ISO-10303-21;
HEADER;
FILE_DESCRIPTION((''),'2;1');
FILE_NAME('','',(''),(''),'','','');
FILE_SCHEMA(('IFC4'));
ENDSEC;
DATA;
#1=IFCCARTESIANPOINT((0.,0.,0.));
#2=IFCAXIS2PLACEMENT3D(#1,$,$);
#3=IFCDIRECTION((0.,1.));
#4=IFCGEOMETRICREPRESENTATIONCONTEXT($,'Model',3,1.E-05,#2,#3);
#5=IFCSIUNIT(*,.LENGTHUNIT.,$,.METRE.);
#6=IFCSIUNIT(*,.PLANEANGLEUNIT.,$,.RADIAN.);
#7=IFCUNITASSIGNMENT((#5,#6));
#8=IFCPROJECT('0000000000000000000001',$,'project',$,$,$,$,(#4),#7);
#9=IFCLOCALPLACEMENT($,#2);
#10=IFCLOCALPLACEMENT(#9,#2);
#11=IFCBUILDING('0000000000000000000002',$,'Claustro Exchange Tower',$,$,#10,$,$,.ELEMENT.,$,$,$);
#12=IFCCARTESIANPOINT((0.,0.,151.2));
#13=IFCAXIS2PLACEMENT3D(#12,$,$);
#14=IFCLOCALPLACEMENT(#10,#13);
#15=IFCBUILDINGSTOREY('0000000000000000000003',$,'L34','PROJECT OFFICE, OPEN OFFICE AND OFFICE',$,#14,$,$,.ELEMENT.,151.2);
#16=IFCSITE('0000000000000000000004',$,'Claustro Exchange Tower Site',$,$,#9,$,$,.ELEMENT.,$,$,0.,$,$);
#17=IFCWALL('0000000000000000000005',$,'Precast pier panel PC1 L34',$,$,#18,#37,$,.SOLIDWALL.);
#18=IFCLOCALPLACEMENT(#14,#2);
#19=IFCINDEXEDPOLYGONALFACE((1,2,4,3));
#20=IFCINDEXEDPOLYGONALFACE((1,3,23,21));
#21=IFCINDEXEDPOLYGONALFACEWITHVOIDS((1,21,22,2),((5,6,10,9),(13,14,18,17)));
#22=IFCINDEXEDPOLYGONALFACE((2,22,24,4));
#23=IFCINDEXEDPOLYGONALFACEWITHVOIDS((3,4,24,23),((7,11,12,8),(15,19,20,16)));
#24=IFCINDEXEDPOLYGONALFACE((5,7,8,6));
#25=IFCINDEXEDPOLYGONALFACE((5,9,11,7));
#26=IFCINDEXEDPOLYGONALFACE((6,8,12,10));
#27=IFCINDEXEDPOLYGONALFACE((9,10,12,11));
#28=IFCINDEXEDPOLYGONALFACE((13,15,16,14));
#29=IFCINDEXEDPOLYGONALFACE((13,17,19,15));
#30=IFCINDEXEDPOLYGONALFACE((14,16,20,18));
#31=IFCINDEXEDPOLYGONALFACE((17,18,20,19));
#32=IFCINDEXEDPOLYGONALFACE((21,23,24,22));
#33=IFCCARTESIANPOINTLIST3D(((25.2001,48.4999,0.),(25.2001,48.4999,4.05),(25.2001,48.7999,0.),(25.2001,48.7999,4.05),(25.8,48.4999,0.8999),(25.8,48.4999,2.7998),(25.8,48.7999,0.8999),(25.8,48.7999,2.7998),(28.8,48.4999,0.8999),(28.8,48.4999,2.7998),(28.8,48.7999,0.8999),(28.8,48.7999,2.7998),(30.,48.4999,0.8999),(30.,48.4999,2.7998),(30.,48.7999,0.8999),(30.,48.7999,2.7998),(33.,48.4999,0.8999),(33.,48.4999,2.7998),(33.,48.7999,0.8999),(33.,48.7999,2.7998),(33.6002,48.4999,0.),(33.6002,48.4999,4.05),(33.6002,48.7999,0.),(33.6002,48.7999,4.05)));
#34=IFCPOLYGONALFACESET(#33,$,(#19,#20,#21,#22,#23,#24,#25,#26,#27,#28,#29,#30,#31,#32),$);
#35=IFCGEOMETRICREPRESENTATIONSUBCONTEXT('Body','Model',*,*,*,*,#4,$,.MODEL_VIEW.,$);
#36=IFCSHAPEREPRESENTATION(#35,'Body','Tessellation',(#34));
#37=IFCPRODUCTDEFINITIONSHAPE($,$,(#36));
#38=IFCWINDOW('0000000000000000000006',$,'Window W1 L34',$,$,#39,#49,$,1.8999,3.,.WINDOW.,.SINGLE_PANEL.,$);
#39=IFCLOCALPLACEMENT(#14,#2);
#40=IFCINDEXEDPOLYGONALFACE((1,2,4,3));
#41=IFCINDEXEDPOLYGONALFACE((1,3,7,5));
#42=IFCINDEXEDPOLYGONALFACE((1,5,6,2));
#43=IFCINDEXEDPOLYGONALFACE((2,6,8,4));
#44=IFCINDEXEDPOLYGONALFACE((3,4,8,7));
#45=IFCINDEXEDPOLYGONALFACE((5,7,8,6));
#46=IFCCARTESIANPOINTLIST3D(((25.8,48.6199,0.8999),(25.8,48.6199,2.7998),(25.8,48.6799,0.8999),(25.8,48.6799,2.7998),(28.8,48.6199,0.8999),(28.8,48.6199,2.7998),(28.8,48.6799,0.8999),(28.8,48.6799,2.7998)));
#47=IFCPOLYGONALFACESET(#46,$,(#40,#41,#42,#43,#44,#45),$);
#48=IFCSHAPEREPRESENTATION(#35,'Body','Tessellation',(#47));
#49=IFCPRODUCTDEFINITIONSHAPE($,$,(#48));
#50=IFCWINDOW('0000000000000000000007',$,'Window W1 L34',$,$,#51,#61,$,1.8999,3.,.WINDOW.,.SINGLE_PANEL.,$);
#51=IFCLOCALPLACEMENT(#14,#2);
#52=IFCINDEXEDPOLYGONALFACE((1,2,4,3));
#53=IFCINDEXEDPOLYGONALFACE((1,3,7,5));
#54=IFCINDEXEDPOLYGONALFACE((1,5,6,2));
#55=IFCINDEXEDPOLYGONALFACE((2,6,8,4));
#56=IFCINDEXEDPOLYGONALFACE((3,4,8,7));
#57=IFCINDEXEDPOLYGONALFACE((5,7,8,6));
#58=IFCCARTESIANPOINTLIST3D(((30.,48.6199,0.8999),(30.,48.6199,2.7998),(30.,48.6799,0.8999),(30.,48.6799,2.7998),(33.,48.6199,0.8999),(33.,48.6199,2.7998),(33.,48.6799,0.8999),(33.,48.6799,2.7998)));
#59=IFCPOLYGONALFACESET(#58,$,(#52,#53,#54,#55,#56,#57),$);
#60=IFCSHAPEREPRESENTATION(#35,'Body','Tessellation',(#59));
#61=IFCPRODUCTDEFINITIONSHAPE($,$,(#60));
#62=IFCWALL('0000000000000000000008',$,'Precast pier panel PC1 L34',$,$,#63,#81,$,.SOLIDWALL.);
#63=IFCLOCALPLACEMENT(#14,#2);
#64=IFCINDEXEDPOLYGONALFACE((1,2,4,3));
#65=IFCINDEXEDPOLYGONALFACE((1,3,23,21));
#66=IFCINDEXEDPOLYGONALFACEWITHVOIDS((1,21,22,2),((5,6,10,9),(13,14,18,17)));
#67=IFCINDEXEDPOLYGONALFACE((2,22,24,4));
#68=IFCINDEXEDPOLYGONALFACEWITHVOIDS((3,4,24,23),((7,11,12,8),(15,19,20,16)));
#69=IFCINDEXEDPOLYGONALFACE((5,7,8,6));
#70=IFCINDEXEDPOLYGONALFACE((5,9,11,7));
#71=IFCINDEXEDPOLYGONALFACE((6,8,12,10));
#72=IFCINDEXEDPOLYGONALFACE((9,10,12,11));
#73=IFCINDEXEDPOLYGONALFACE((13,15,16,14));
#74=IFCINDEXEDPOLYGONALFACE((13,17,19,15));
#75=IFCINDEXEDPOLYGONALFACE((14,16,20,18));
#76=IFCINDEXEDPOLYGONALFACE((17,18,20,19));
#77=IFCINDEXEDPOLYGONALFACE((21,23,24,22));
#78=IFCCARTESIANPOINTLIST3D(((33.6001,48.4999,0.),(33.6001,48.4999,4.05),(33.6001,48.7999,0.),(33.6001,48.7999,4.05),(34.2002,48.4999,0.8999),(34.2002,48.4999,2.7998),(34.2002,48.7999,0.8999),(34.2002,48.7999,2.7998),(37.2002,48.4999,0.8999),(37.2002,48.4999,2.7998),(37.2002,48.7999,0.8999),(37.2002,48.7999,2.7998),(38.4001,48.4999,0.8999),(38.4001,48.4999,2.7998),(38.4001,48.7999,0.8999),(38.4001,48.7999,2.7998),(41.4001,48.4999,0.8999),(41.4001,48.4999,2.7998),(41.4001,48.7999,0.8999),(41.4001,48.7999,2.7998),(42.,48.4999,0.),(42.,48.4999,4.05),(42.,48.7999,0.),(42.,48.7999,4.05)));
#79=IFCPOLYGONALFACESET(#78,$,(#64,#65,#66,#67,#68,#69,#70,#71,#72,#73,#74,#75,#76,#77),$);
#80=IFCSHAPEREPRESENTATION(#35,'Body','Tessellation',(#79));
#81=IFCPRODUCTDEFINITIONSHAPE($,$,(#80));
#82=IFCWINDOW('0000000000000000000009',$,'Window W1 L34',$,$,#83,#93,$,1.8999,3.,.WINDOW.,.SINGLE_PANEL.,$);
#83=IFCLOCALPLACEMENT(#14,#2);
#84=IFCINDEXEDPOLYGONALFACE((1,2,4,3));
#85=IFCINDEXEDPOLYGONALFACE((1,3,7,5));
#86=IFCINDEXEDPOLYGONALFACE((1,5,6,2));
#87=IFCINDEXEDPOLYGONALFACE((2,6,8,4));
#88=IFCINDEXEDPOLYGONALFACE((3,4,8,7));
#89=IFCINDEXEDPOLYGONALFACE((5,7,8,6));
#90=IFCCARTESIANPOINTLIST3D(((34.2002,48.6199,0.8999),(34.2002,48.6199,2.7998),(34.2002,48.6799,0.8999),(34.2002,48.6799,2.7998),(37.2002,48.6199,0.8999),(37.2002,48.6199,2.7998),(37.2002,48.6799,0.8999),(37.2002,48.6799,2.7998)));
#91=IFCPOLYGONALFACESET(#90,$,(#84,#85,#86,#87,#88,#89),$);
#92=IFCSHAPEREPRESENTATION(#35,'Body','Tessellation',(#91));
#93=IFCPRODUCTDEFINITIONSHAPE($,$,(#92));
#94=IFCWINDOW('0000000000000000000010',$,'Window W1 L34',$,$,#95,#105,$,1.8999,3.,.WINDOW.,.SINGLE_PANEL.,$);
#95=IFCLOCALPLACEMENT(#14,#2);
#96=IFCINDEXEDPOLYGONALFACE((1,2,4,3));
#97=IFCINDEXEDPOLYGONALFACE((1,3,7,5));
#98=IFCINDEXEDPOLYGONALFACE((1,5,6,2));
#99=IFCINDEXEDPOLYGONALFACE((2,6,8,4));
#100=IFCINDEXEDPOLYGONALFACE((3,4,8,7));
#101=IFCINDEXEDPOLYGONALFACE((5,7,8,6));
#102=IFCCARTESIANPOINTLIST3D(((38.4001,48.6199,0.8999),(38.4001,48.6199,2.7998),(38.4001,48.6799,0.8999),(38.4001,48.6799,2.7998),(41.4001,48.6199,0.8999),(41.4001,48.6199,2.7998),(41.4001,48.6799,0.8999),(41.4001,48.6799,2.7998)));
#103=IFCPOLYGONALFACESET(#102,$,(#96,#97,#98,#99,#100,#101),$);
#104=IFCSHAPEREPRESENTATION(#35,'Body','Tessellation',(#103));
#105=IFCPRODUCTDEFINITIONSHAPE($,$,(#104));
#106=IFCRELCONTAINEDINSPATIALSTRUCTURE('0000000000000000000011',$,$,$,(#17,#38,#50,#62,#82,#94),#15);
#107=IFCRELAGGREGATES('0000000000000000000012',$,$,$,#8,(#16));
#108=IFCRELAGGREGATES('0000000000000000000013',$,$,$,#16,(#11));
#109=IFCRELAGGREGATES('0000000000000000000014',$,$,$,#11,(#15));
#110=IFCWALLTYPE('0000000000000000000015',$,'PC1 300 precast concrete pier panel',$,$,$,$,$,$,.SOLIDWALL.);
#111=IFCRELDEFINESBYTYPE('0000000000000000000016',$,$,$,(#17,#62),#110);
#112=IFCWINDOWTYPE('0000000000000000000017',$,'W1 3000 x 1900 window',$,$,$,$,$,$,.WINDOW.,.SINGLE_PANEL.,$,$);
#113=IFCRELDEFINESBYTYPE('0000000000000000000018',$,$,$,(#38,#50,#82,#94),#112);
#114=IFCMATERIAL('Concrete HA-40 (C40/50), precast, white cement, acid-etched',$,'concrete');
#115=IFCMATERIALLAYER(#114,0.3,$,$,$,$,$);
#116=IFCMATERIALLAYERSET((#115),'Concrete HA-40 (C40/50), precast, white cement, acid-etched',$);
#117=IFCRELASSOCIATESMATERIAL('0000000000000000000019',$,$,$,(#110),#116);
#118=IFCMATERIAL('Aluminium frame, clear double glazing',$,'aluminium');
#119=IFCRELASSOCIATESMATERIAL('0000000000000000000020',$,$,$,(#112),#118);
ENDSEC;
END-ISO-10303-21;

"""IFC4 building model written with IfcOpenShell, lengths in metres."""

from ifc_helpers import new_model, si_unit, direction, frame, frame_2d, origin, place, context, subcontext, project, spatial, rectangle, extrude, material, layer, layer_set, type_object, element, fill, save


model = new_model("IFC4")

# Units and contexts
model_context = context("Model", 3, precision=1e-05, world=origin(), true_north=direction((0.0, 1.0)))
body_context = subcontext(model_context, "Body", "Model", "MODEL_VIEW")
ifc_project = project(units=[si_unit("LENGTHUNIT", "METRE"), si_unit("PLANEANGLEUNIT", "RADIAN")], contexts=[model_context])

# Site, building, storey
site_placement = place(None, origin())
site = spatial("IfcSite", under=ifc_project, at=site_placement, Name="Claustro Exchange Tower Site", CompositionType="ELEMENT", RefElevation=0.0)
building_placement = place(site_placement, origin())
building = spatial("IfcBuilding", under=site, at=building_placement, Name="Claustro Exchange Tower", CompositionType="ELEMENT")
storey_placement = place(building_placement, frame((0.0, 0.0, 151.2)))
storey = spatial("IfcBuildingStorey", under=building, at=storey_placement, Name="L34", Description="PROJECT OFFICE, OPEN OFFICE AND OFFICE", CompositionType="ELEMENT", Elevation=151.2)

# Walls, openings, windows
ifc_material_1 = material(Name="Concrete HA-40 (C40/50), precast, white cement, acid-etched", Category="concrete")
ifc_layer_1 = layer(ifc_material_1, 0.3)
ifc_layer_set_1 = layer_set([ifc_layer_1], Name="Concrete HA-40 (C40/50), precast, white cement, acid-etched")
wall_type_1 = type_object("IfcWallType", Name="PC1 300 precast concrete pier panel", PredefinedType="SOLIDWALL", material=ifc_layer_set_1)
wall_1_placement = place(storey_placement, frame((25.2, 48.6499, 0.0), z_axis=(0.0, 0.0, 1.0), x_axis=(1.0, 0.0, 0.0)))
wall_1 = element("IfcWall", 1, at=wall_1_placement, inside=storey, type_object=wall_type_1, Name="Precast pier panel PC1 L34", PredefinedType="SOLIDWALL", context=body_context, shape_type="SweptSolid", body=[
    extrude(rectangle(XDim=8.4001, YDim=0.3, at=frame_2d((4.2002, 0.0))), origin(), (0.0, 0.0, 1.0), 4.05),
])
opening_1_placement = place(wall_1_placement, frame((0.6001, 0.0, 0.8999)))
opening_1 = element("IfcOpeningElement", 2, at=opening_1_placement, cuts=wall_1, PredefinedType="OPENING", context=body_context, shape_type="SweptSolid", body=[
    extrude(rectangle(XDim=3.0, YDim=1.8999, at=frame_2d((1.5, 0.95))), frame((0.0, 0.1599, 0.0), z_axis=(0.0, -1.0, 0.0), x_axis=(1.0, 0.0, 0.0)), (0.0, 0.0, 1.0), 0.3201),
])
opening_2_placement = place(wall_1_placement, frame((4.8, 0.0, 0.8999)))
opening_2 = element("IfcOpeningElement", 3, at=opening_2_placement, cuts=wall_1, PredefinedType="OPENING", context=body_context, shape_type="SweptSolid", body=[
    extrude(rectangle(XDim=3.0, YDim=1.8999, at=frame_2d((1.5, 0.95))), frame((0.0, 0.1599, 0.0), z_axis=(0.0, -1.0, 0.0), x_axis=(1.0, 0.0, 0.0)), (0.0, 0.0, 1.0), 0.3201),
])
ifc_material_2 = material(Name="Aluminium frame, clear double glazing", Category="aluminium")
window_type = type_object("IfcWindowType", Name="W1 3000 x 1900 window", PartitioningType="SINGLE_PANEL", PredefinedType="WINDOW", material=ifc_material_2)
window_1_placement = place(opening_1_placement, origin())
window_1 = element("IfcWindow", 4, at=window_1_placement, inside=storey, type_object=window_type, Name="Window W1 L34", OverallHeight=1.8999, OverallWidth=3.0, PartitioningType="SINGLE_PANEL", PredefinedType="WINDOW", context=body_context, shape_type="SweptSolid", body=[
    extrude(rectangle(XDim=3.0, YDim=1.8999, at=frame_2d((1.5, 0.95))), frame((0.0, 0.03, 0.0), z_axis=(0.0, -1.0, 0.0), x_axis=(1.0, 0.0, 0.0)), (0.0, 0.0, 1.0), 0.0601),
])
fill(opening_1, window_1)
window_2_placement = place(opening_2_placement, origin())
window_2 = element("IfcWindow", 5, at=window_2_placement, inside=storey, type_object=window_type, Name="Window W1 L34", OverallHeight=1.8999, OverallWidth=3.0, PartitioningType="SINGLE_PANEL", PredefinedType="WINDOW", context=body_context, shape_type="SweptSolid", body=[
    extrude(rectangle(XDim=3.0, YDim=1.8999, at=frame_2d((1.5, 0.95))), frame((0.0, 0.03, 0.0), z_axis=(0.0, -1.0, 0.0), x_axis=(1.0, 0.0, 0.0)), (0.0, 0.0, 1.0), 0.0601),
])
fill(opening_2, window_2)
wall_2_placement = place(storey_placement, frame((33.6001, 48.6499, 0.0), z_axis=(0.0, 0.0, 1.0), x_axis=(1.0, 0.0, 0.0)))
wall_2 = element("IfcWall", 6, at=wall_2_placement, inside=storey, type_object=wall_type_1, Name="Precast pier panel PC1 L34", PredefinedType="SOLIDWALL", context=body_context, shape_type="SweptSolid", body=[
    extrude(rectangle(XDim=8.3999, YDim=0.3, at=frame_2d((4.2, 0.0))), origin(), (0.0, 0.0, 1.0), 4.05),
])
opening_3_placement = place(wall_2_placement, frame((0.6001, 0.0, 0.8999)))
opening_3 = element("IfcOpeningElement", 7, at=opening_3_placement, cuts=wall_2, PredefinedType="OPENING", context=body_context, shape_type="SweptSolid", body=[
    extrude(rectangle(XDim=3.0, YDim=1.8999, at=frame_2d((1.5, 0.95))), frame((0.0, 0.1599, 0.0), z_axis=(0.0, -1.0, 0.0), x_axis=(1.0, 0.0, 0.0)), (0.0, 0.0, 1.0), 0.3201),
])
opening_4_placement = place(wall_2_placement, frame((4.8, 0.0, 0.8999)))
opening_4 = element("IfcOpeningElement", 8, at=opening_4_placement, cuts=wall_2, PredefinedType="OPENING", context=body_context, shape_type="SweptSolid", body=[
    extrude(rectangle(XDim=3.0, YDim=1.8999, at=frame_2d((1.5, 0.95))), frame((0.0, 0.1599, 0.0), z_axis=(0.0, -1.0, 0.0), x_axis=(1.0, 0.0, 0.0)), (0.0, 0.0, 1.0), 0.3201),
])
window_3_placement = place(opening_3_placement, origin())
window_3 = element("IfcWindow", 9, at=window_3_placement, inside=storey, type_object=window_type, Name="Window W1 L34", OverallHeight=1.8999, OverallWidth=3.0, PartitioningType="SINGLE_PANEL", PredefinedType="WINDOW", context=body_context, shape_type="SweptSolid", body=[
    extrude(rectangle(XDim=3.0, YDim=1.8999, at=frame_2d((1.5, 0.95))), frame((0.0, 0.03, 0.0), z_axis=(0.0, -1.0, 0.0), x_axis=(1.0, 0.0, 0.0)), (0.0, 0.0, 1.0), 0.0601),
])
fill(opening_3, window_3)
window_4_placement = place(opening_4_placement, origin())
window_4 = element("IfcWindow", 10, at=window_4_placement, inside=storey, type_object=window_type, Name="Window W1 L34", OverallHeight=1.8999, OverallWidth=3.0, PartitioningType="SINGLE_PANEL", PredefinedType="WINDOW", context=body_context, shape_type="SweptSolid", body=[
    extrude(rectangle(XDim=3.0, YDim=1.8999, at=frame_2d((1.5, 0.95))), frame((0.0, 0.03, 0.0), z_axis=(0.0, -1.0, 0.0), x_axis=(1.0, 0.0, 0.0)), (0.0, 0.0, 1.0), 0.0601),
])
fill(opening_4, window_4)

save(model, "model.ifc")
